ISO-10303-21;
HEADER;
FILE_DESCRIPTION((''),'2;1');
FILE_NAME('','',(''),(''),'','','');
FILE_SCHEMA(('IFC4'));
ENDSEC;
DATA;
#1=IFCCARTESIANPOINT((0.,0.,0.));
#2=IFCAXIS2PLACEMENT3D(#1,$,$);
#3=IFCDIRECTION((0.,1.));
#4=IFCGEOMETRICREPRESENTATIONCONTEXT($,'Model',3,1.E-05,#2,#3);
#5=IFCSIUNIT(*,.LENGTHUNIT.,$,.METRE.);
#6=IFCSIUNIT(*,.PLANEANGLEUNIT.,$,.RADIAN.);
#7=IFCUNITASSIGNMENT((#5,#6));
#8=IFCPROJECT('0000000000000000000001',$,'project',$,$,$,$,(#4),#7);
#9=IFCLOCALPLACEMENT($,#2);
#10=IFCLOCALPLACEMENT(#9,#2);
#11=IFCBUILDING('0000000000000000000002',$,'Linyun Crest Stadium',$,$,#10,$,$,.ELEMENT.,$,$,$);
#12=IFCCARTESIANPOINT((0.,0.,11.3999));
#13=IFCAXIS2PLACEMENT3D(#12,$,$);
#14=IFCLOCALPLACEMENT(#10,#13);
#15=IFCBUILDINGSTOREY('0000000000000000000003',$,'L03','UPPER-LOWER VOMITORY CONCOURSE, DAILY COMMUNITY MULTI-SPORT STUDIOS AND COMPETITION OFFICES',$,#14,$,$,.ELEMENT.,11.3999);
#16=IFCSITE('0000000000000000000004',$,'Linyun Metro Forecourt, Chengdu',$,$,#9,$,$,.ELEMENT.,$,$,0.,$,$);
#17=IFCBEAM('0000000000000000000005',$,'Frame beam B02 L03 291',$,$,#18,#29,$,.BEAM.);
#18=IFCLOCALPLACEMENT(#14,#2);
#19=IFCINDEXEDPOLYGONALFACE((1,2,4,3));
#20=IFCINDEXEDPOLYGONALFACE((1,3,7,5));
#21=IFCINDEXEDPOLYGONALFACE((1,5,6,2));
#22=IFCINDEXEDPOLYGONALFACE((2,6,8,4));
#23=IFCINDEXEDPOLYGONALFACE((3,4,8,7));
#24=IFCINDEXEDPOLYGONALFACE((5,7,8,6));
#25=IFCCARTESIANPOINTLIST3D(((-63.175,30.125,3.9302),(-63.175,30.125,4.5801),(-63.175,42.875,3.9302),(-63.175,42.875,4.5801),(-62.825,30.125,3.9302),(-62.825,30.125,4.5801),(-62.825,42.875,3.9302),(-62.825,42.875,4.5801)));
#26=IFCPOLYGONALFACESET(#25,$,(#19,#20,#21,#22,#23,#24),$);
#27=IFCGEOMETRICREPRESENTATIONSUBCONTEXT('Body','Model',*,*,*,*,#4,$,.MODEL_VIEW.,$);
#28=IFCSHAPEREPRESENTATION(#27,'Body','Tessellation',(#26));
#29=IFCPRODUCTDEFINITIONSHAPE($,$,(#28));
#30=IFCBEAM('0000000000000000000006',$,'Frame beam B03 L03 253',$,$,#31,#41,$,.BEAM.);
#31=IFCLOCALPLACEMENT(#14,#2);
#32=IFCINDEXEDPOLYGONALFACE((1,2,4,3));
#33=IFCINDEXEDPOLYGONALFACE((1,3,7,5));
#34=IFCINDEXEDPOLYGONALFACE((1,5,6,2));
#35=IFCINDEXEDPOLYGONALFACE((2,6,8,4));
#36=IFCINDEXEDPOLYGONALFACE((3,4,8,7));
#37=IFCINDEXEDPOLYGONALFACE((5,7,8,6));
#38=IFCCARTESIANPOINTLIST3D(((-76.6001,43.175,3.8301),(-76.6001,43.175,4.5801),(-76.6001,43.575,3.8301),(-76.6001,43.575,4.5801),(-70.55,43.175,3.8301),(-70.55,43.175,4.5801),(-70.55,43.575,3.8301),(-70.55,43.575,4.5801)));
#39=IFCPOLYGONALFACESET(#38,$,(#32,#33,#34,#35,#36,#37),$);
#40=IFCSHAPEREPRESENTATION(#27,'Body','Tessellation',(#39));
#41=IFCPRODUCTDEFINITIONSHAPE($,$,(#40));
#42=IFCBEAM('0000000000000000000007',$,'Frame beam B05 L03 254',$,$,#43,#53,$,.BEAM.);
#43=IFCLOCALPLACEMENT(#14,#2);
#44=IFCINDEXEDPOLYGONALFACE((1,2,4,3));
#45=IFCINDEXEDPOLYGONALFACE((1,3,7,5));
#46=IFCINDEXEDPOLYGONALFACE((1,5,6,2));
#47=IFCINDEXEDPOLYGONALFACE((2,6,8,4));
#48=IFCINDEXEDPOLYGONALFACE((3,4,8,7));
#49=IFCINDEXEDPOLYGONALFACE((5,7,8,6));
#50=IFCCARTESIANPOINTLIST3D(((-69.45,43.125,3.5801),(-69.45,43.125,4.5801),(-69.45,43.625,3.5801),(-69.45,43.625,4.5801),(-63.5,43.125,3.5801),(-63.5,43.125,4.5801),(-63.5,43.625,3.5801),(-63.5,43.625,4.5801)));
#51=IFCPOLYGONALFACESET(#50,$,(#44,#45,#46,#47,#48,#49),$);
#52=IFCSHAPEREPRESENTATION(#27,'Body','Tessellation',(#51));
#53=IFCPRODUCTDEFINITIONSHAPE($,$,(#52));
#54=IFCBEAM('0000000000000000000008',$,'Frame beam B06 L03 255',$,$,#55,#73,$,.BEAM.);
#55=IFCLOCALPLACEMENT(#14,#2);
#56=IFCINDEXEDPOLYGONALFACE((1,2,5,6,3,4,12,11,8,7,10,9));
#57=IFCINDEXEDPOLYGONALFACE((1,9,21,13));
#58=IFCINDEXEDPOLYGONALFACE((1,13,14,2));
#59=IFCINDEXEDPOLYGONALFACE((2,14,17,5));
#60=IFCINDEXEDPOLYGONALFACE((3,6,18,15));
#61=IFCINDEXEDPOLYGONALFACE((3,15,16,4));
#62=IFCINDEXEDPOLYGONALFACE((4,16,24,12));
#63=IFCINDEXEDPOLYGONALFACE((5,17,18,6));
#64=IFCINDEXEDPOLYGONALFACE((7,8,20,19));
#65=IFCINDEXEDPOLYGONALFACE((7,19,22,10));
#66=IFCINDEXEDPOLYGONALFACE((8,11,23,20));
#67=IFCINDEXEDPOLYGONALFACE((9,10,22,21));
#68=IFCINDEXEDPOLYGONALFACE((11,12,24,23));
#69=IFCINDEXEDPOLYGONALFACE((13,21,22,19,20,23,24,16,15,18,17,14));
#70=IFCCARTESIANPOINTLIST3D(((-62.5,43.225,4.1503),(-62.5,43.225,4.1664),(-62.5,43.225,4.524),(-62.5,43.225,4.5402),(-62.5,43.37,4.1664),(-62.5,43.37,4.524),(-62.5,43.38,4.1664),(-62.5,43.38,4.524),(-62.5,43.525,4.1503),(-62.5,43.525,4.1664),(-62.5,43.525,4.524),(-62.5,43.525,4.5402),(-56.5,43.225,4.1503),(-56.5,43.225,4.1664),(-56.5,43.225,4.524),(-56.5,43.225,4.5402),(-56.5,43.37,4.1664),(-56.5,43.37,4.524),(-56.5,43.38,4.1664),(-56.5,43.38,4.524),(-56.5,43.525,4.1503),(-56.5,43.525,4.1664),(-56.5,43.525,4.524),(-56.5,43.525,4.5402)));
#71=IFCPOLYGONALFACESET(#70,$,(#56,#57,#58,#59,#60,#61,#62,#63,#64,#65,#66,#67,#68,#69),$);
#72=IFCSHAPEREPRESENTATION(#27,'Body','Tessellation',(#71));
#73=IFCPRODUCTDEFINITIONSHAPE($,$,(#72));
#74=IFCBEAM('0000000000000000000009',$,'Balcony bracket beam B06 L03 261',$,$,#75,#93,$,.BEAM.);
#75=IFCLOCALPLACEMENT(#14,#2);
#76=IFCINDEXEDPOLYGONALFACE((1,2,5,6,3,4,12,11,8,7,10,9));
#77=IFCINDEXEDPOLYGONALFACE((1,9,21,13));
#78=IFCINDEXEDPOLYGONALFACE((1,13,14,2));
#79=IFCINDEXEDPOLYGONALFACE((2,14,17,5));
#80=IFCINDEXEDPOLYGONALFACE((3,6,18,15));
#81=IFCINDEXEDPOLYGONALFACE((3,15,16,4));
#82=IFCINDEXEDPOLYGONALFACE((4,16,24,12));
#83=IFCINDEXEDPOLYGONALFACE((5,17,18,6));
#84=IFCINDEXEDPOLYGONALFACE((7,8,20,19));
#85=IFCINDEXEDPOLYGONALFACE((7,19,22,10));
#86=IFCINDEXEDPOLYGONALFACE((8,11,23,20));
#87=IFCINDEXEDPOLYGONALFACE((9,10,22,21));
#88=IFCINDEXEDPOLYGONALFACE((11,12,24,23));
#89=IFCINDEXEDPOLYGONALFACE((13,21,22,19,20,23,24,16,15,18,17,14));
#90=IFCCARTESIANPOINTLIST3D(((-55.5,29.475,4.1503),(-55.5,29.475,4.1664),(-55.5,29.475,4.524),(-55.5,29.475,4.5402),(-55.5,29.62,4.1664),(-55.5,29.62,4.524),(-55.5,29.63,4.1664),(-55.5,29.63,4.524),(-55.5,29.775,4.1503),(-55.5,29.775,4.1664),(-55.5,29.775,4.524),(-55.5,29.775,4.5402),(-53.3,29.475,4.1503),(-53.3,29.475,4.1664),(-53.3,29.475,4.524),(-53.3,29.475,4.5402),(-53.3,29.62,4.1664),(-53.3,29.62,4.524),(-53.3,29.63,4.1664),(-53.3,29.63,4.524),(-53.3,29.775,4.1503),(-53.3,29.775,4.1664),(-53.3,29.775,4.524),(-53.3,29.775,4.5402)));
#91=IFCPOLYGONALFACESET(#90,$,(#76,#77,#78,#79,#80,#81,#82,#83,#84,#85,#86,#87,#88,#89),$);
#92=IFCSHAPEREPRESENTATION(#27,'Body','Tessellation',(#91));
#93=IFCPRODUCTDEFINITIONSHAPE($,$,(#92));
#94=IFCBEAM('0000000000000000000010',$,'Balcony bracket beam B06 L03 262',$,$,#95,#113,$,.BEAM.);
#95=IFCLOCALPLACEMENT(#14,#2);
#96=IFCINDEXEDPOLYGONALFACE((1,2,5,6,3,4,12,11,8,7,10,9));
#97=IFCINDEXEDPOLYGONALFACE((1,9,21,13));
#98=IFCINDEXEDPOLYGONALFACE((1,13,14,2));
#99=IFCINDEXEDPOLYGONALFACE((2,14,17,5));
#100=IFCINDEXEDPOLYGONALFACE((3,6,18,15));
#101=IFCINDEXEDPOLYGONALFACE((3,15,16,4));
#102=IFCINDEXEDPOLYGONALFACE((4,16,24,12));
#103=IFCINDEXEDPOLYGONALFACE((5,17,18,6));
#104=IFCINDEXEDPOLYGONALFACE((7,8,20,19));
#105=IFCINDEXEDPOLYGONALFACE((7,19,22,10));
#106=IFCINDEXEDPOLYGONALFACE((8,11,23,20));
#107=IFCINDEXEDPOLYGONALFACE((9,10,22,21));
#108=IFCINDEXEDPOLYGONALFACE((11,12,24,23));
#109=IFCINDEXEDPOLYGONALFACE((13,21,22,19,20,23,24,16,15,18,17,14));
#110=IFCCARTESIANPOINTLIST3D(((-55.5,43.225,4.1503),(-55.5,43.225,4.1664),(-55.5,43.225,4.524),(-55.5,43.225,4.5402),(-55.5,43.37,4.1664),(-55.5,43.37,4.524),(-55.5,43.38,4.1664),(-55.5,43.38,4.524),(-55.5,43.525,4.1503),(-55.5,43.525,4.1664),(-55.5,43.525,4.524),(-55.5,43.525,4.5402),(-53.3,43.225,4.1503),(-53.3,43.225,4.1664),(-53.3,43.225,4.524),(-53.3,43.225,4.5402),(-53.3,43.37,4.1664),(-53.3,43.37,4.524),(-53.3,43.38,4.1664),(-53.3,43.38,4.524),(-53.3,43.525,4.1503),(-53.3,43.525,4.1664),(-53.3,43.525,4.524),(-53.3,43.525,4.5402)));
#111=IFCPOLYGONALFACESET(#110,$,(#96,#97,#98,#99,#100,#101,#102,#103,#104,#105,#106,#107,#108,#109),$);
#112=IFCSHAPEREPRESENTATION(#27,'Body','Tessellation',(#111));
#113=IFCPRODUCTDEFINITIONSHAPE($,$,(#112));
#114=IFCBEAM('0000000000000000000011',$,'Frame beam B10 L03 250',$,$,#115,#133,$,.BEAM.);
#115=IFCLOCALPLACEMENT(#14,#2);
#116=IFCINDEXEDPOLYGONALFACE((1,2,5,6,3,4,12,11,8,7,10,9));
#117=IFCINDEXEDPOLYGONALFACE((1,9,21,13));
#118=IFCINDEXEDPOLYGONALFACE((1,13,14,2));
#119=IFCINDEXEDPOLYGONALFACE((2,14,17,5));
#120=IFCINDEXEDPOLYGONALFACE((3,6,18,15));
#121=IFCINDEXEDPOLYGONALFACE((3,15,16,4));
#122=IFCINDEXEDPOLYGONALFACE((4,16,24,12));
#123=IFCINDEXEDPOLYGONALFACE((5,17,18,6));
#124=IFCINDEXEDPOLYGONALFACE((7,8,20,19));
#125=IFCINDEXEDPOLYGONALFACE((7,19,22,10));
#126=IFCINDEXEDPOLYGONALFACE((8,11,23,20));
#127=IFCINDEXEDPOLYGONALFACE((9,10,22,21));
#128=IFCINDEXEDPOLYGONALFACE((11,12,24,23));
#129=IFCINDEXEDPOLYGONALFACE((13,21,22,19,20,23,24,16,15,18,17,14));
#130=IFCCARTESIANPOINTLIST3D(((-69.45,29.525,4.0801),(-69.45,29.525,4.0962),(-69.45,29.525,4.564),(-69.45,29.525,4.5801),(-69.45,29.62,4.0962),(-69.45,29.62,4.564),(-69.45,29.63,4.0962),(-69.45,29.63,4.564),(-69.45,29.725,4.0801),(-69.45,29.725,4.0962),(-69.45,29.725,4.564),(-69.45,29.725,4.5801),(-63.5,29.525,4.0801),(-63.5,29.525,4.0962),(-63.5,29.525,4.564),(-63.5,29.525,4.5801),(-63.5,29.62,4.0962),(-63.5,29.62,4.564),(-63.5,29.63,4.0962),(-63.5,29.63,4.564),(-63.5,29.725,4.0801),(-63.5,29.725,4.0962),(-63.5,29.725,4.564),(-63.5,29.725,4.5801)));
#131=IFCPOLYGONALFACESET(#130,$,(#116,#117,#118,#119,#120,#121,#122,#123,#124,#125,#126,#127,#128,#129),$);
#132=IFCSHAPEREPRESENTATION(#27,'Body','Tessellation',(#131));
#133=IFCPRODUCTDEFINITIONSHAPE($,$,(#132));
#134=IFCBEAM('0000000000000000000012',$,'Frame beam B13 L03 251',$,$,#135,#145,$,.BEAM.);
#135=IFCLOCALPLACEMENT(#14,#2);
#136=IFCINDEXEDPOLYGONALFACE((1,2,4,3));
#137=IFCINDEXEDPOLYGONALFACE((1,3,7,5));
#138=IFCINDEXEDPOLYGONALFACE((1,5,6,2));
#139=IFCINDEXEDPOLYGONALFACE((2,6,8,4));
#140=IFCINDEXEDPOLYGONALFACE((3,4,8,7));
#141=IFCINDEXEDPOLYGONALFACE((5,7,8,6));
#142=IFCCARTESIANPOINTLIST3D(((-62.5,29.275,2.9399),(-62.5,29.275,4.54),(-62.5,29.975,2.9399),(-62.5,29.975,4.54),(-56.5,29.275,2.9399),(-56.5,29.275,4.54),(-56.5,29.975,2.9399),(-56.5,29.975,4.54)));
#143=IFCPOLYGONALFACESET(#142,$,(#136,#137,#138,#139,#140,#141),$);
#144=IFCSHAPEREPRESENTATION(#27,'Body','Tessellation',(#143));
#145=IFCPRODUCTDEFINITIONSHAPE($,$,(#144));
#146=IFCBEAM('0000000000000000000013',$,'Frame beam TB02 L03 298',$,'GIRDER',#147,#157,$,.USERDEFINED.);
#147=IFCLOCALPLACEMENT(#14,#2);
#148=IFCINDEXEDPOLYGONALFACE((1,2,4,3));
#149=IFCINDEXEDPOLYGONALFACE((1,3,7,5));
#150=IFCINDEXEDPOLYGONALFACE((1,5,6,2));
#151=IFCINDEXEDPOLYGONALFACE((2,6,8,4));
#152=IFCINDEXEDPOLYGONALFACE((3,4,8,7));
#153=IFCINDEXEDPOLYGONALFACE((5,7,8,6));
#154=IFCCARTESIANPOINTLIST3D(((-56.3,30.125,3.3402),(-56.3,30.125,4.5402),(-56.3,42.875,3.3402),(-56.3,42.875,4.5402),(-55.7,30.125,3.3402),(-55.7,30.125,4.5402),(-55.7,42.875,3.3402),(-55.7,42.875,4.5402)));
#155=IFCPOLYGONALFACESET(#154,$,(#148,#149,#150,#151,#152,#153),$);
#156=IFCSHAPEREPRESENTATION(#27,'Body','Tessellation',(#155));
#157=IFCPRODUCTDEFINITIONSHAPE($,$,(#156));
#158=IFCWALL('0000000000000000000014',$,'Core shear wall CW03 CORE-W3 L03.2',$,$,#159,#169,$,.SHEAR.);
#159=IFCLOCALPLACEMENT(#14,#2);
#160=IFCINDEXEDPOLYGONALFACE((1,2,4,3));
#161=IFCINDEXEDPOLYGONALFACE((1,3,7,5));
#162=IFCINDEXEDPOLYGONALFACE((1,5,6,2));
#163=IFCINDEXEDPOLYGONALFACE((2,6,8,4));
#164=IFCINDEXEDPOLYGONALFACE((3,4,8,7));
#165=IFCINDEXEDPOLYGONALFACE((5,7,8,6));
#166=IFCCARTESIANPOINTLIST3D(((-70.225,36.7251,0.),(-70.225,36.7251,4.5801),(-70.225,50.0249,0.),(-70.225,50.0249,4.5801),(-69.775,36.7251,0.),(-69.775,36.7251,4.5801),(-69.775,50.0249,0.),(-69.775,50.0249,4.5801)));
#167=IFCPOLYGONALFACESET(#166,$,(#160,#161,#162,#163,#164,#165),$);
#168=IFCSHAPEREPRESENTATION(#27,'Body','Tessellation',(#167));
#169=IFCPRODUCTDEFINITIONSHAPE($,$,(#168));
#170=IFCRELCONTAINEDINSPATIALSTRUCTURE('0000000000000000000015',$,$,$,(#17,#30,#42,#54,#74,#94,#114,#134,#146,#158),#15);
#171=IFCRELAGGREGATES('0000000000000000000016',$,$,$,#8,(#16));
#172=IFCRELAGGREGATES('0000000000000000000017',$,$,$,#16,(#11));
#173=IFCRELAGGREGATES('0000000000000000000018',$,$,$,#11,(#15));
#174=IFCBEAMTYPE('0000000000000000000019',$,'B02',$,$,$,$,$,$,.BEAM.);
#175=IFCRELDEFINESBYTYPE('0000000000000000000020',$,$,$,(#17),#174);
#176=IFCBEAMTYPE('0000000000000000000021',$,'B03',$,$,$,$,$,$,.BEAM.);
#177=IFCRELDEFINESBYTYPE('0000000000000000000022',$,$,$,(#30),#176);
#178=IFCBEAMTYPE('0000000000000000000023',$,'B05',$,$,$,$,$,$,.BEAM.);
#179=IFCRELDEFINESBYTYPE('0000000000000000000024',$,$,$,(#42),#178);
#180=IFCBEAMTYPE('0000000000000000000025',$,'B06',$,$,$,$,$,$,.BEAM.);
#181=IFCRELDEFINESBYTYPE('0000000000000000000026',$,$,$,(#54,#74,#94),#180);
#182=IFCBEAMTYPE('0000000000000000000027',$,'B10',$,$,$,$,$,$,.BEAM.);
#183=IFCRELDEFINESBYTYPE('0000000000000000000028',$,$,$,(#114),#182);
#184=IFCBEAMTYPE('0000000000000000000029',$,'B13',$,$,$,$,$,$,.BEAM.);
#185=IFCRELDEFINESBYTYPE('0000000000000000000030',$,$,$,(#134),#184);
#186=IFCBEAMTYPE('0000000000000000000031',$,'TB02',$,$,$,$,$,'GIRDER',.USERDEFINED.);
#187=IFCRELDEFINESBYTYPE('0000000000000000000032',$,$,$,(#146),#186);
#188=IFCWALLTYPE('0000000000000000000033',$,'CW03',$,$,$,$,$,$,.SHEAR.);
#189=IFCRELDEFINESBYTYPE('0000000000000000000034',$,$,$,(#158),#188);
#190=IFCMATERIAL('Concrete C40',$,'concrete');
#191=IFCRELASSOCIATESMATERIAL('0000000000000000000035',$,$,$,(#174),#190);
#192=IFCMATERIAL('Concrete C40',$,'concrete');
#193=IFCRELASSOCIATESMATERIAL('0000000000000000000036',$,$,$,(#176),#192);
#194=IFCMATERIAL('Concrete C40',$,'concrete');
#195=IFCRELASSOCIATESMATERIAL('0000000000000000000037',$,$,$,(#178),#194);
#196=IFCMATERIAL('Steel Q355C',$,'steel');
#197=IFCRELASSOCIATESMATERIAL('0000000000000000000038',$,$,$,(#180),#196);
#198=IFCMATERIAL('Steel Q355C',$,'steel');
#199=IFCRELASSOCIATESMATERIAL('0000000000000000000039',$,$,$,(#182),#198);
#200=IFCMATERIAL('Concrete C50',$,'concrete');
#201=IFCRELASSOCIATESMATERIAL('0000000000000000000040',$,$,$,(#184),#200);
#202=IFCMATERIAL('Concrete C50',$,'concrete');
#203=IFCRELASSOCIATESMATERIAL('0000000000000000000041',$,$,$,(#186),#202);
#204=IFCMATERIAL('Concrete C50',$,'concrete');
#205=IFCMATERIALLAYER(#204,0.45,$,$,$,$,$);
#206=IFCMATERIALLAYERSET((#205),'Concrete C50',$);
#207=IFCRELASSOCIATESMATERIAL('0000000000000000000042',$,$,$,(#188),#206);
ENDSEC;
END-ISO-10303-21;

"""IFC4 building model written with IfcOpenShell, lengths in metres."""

from ifc_helpers import new_model, si_unit, direction, frame, frame_2d, origin, origin_2d, place, context, subcontext, project, spatial, rectangle, i_section, extrude, material, layer, layer_set, material_profile, profile_set, type_object, element, save


model = new_model("IFC4")

# Units and contexts
model_context = context("Model", 3, precision=1e-05, world=origin(), true_north=direction((0.0, 1.0)))
body_context = subcontext(model_context, "Body", "Model", "MODEL_VIEW")
ifc_project = project(units=[si_unit("LENGTHUNIT", "METRE"), si_unit("PLANEANGLEUNIT", "RADIAN")], contexts=[model_context])

# Site, building, storey
site_placement = place(None, origin())
site = spatial("IfcSite", under=ifc_project, at=site_placement, Name="Linyun Metro Forecourt, Chengdu", CompositionType="ELEMENT", RefElevation=0.0)
building_placement = place(site_placement, origin())
building = spatial("IfcBuilding", under=site, at=building_placement, Name="Linyun Crest Stadium", CompositionType="ELEMENT")
storey_placement = place(building_placement, frame((0.0, 0.0, 11.3999)))
storey = spatial("IfcBuildingStorey", under=building, at=storey_placement, Name="L03", Description="UPPER-LOWER VOMITORY CONCOURSE, DAILY COMMUNITY MULTI-SPORT STUDIOS AND COMPETITION OFFICES", CompositionType="ELEMENT", Elevation=11.3999)

# Beams
ifc_material_1 = material(Name="Concrete C40", Category="concrete")
ifc_material_profile_1 = material_profile(ifc_material_1, rectangle(XDim=0.3501, YDim=0.6499, at=origin_2d()), Name="RCB 650x350")
ifc_profile_set_1 = profile_set([ifc_material_profile_1], Name="Concrete C40")
beam_type_1 = type_object("IfcBeamType", Name="B02", PredefinedType="BEAM", material=ifc_profile_set_1)
beam_1_placement = place(storey_placement, frame((-63.0, 30.125, 4.2551), z_axis=(0.0, 1.0, 0.0), x_axis=(-1.0, 0.0, 0.0)))
element("IfcBeam", 1, at=beam_1_placement, inside=storey, type_object=beam_type_1, Name="Frame beam B02 L03 291", PredefinedType="BEAM", context=body_context, shape_type="SweptSolid", body=[
    extrude(rectangle(XDim=0.3501, YDim=0.6499, at=origin_2d()), origin(), (0.0, 0.0, 1.0), 12.75),
])
ifc_material_2 = material(Name="Concrete C40", Category="concrete")
ifc_material_profile_2 = material_profile(ifc_material_2, rectangle(XDim=0.3999, YDim=0.75, at=origin_2d()), Name="RCB 750x400")
ifc_profile_set_2 = profile_set([ifc_material_profile_2], Name="Concrete C40")
beam_type_2 = type_object("IfcBeamType", Name="B03", PredefinedType="BEAM", material=ifc_profile_set_2)
beam_2_placement = place(storey_placement, frame((-76.6001, 43.375, 4.2051), z_axis=(1.0, 0.0, 0.0), x_axis=(0.0, 1.0, 0.0)))
element("IfcBeam", 2, at=beam_2_placement, inside=storey, type_object=beam_type_2, Name="Frame beam B03 L03 253", PredefinedType="BEAM", context=body_context, shape_type="SweptSolid", body=[
    extrude(rectangle(XDim=0.3999, YDim=0.75, at=origin_2d()), origin(), (0.0, 0.0, 1.0), 6.05),
])
ifc_material_3 = material(Name="Concrete C40", Category="concrete")
ifc_material_profile_3 = material_profile(ifc_material_3, rectangle(XDim=0.5, YDim=1.0, at=origin_2d()), Name="RCB 1000x500")
ifc_profile_set_3 = profile_set([ifc_material_profile_3], Name="Concrete C40")
beam_type_3 = type_object("IfcBeamType", Name="B05", PredefinedType="BEAM", material=ifc_profile_set_3)
beam_3_placement = place(storey_placement, frame((-69.45, 43.375, 4.0801), z_axis=(1.0, 0.0, 0.0), x_axis=(0.0, 1.0, 0.0)))
element("IfcBeam", 3, at=beam_3_placement, inside=storey, type_object=beam_type_3, Name="Frame beam B05 L03 254", PredefinedType="BEAM", context=body_context, shape_type="SweptSolid", body=[
    extrude(rectangle(XDim=0.5, YDim=1.0, at=origin_2d()), origin(), (0.0, 0.0, 1.0), 5.95),
])
ifc_material_4 = material(Name="Steel Q355C", Category="steel")
ifc_material_profile_4 = material_profile(ifc_material_4, i_section(OverallWidth=0.3, OverallDepth=0.3899, WebThickness=0.01, FlangeThickness=0.0161, at=origin_2d()), Name="HM 390x300")
ifc_profile_set_4 = profile_set([ifc_material_profile_4], Name="Steel Q355C")
beam_type_4 = type_object("IfcBeamType", Name="B06", PredefinedType="BEAM", material=ifc_profile_set_4)
beam_4_placement = place(storey_placement, frame((-62.5, 43.375, 4.3452), z_axis=(1.0, 0.0, 0.0), x_axis=(0.0, 1.0, 0.0)))
element("IfcBeam", 4, at=beam_4_placement, inside=storey, type_object=beam_type_4, Name="Frame beam B06 L03 255", PredefinedType="BEAM", context=body_context, shape_type="SweptSolid", body=[
    extrude(i_section(OverallWidth=0.3, OverallDepth=0.3899, WebThickness=0.01, FlangeThickness=0.0161, at=origin_2d()), origin(), (0.0, 0.0, 1.0), 6.0),
])
for number, where, z_axis, x_axis, name in (
    (5, (-55.5, 29.625, 4.3452), (1.0, 0.0, 0.0), (0.0, 1.0, 0.0), "Balcony bracket beam B06 L03 261"),
    (6, (-55.5, 43.375, 4.3452), (1.0, 0.0, 0.0), (0.0, 1.0, 0.0), "Balcony bracket beam B06 L03 262"),
):
    element("IfcBeam", number, at=place(storey_placement, frame(where, z_axis=z_axis, x_axis=x_axis)), inside=storey, type_object=beam_type_4, Name=name, PredefinedType="BEAM", context=body_context, shape_type="SweptSolid", body=[
        extrude(i_section(OverallWidth=0.3, OverallDepth=0.3899, WebThickness=0.01, FlangeThickness=0.0161, at=origin_2d()), origin(), (0.0, 0.0, 1.0), 2.2),
    ])
ifc_material_5 = material(Name="Steel Q355C", Category="steel")
ifc_material_profile_5 = material_profile(ifc_material_5, i_section(OverallWidth=0.2, OverallDepth=0.5, WebThickness=0.01, FlangeThickness=0.0161, at=origin_2d()), Name="HN 500x200")
ifc_profile_set_5 = profile_set([ifc_material_profile_5], Name="Steel Q355C")
beam_type_5 = type_object("IfcBeamType", Name="B10", PredefinedType="BEAM", material=ifc_profile_set_5)
beam_5_placement = place(storey_placement, frame((-69.45, 29.625, 4.3301), z_axis=(1.0, 0.0, 0.0), x_axis=(0.0, 1.0, 0.0)))
element("IfcBeam", 7, at=beam_5_placement, inside=storey, type_object=beam_type_5, Name="Frame beam B10 L03 250", PredefinedType="BEAM", context=body_context, shape_type="SweptSolid", body=[
    extrude(i_section(OverallWidth=0.2, OverallDepth=0.5, WebThickness=0.01, FlangeThickness=0.0161, at=origin_2d()), origin(), (0.0, 0.0, 1.0), 5.95),
])
ifc_material_6 = material(Name="Concrete C50", Category="concrete")
ifc_material_profile_6 = material_profile(ifc_material_6, rectangle(XDim=0.7, YDim=1.6001, at=origin_2d()), Name="RCB 1600x700")
ifc_profile_set_6 = profile_set([ifc_material_profile_6], Name="Concrete C50")
beam_type_6 = type_object("IfcBeamType", Name="B13", PredefinedType="BEAM", material=ifc_profile_set_6)
beam_6_placement = place(storey_placement, frame((-62.5, 29.625, 3.74), z_axis=(1.0, 0.0, 0.0), x_axis=(0.0, 1.0, 0.0)))
element("IfcBeam", 8, at=beam_6_placement, inside=storey, type_object=beam_type_6, Name="Frame beam B13 L03 251", PredefinedType="BEAM", context=body_context, shape_type="SweptSolid", body=[
    extrude(rectangle(XDim=0.7, YDim=1.6001, at=origin_2d()), origin(), (0.0, 0.0, 1.0), 6.0),
])
ifc_material_7 = material(Name="Concrete C50", Category="concrete")
ifc_material_profile_7 = material_profile(ifc_material_7, rectangle(XDim=0.6001, YDim=1.2, at=origin_2d()), Name="RCB 1200x600")
ifc_profile_set_7 = profile_set([ifc_material_profile_7], Name="Concrete C50")
beam_type_7 = type_object("IfcBeamType", Name="TB02", ElementType="GIRDER", PredefinedType="USERDEFINED", material=ifc_profile_set_7)
beam_7_placement = place(storey_placement, frame((-56.0, 30.125, 3.9402), z_axis=(0.0, 1.0, 0.0), x_axis=(-1.0, 0.0, 0.0)))
element("IfcBeam", 9, at=beam_7_placement, inside=storey, type_object=beam_type_7, Name="Frame beam TB02 L03 298", ObjectType="GIRDER", PredefinedType="USERDEFINED", context=body_context, shape_type="SweptSolid", body=[
    extrude(rectangle(XDim=0.6001, YDim=1.2, at=origin_2d()), origin(), (0.0, 0.0, 1.0), 12.75),
])

# Wall
ifc_material_8 = material(Name="Concrete C50", Category="concrete")
ifc_layer_1 = layer(ifc_material_8, 0.45)
ifc_layer_set_1 = layer_set([ifc_layer_1], Name="Concrete C50")
wall_type_1 = type_object("IfcWallType", Name="CW03", PredefinedType="SHEAR", material=ifc_layer_set_1)
wall_1_placement = place(storey_placement, frame((-70.0, 36.7251, 0.0), z_axis=(0.0, 0.0, 1.0), x_axis=(0.0, 1.0, 0.0)))
element("IfcWall", 10, at=wall_1_placement, inside=storey, type_object=wall_type_1, Name="Core shear wall CW03 CORE-W3 L03.2", PredefinedType="SHEAR", context=body_context, shape_type="SweptSolid", body=[
    extrude(rectangle(XDim=13.2998, YDim=0.45, at=frame_2d((6.6499, 0.0))), origin(), (0.0, 0.0, 1.0), 4.5801),
])

save(model, "model.ifc")
